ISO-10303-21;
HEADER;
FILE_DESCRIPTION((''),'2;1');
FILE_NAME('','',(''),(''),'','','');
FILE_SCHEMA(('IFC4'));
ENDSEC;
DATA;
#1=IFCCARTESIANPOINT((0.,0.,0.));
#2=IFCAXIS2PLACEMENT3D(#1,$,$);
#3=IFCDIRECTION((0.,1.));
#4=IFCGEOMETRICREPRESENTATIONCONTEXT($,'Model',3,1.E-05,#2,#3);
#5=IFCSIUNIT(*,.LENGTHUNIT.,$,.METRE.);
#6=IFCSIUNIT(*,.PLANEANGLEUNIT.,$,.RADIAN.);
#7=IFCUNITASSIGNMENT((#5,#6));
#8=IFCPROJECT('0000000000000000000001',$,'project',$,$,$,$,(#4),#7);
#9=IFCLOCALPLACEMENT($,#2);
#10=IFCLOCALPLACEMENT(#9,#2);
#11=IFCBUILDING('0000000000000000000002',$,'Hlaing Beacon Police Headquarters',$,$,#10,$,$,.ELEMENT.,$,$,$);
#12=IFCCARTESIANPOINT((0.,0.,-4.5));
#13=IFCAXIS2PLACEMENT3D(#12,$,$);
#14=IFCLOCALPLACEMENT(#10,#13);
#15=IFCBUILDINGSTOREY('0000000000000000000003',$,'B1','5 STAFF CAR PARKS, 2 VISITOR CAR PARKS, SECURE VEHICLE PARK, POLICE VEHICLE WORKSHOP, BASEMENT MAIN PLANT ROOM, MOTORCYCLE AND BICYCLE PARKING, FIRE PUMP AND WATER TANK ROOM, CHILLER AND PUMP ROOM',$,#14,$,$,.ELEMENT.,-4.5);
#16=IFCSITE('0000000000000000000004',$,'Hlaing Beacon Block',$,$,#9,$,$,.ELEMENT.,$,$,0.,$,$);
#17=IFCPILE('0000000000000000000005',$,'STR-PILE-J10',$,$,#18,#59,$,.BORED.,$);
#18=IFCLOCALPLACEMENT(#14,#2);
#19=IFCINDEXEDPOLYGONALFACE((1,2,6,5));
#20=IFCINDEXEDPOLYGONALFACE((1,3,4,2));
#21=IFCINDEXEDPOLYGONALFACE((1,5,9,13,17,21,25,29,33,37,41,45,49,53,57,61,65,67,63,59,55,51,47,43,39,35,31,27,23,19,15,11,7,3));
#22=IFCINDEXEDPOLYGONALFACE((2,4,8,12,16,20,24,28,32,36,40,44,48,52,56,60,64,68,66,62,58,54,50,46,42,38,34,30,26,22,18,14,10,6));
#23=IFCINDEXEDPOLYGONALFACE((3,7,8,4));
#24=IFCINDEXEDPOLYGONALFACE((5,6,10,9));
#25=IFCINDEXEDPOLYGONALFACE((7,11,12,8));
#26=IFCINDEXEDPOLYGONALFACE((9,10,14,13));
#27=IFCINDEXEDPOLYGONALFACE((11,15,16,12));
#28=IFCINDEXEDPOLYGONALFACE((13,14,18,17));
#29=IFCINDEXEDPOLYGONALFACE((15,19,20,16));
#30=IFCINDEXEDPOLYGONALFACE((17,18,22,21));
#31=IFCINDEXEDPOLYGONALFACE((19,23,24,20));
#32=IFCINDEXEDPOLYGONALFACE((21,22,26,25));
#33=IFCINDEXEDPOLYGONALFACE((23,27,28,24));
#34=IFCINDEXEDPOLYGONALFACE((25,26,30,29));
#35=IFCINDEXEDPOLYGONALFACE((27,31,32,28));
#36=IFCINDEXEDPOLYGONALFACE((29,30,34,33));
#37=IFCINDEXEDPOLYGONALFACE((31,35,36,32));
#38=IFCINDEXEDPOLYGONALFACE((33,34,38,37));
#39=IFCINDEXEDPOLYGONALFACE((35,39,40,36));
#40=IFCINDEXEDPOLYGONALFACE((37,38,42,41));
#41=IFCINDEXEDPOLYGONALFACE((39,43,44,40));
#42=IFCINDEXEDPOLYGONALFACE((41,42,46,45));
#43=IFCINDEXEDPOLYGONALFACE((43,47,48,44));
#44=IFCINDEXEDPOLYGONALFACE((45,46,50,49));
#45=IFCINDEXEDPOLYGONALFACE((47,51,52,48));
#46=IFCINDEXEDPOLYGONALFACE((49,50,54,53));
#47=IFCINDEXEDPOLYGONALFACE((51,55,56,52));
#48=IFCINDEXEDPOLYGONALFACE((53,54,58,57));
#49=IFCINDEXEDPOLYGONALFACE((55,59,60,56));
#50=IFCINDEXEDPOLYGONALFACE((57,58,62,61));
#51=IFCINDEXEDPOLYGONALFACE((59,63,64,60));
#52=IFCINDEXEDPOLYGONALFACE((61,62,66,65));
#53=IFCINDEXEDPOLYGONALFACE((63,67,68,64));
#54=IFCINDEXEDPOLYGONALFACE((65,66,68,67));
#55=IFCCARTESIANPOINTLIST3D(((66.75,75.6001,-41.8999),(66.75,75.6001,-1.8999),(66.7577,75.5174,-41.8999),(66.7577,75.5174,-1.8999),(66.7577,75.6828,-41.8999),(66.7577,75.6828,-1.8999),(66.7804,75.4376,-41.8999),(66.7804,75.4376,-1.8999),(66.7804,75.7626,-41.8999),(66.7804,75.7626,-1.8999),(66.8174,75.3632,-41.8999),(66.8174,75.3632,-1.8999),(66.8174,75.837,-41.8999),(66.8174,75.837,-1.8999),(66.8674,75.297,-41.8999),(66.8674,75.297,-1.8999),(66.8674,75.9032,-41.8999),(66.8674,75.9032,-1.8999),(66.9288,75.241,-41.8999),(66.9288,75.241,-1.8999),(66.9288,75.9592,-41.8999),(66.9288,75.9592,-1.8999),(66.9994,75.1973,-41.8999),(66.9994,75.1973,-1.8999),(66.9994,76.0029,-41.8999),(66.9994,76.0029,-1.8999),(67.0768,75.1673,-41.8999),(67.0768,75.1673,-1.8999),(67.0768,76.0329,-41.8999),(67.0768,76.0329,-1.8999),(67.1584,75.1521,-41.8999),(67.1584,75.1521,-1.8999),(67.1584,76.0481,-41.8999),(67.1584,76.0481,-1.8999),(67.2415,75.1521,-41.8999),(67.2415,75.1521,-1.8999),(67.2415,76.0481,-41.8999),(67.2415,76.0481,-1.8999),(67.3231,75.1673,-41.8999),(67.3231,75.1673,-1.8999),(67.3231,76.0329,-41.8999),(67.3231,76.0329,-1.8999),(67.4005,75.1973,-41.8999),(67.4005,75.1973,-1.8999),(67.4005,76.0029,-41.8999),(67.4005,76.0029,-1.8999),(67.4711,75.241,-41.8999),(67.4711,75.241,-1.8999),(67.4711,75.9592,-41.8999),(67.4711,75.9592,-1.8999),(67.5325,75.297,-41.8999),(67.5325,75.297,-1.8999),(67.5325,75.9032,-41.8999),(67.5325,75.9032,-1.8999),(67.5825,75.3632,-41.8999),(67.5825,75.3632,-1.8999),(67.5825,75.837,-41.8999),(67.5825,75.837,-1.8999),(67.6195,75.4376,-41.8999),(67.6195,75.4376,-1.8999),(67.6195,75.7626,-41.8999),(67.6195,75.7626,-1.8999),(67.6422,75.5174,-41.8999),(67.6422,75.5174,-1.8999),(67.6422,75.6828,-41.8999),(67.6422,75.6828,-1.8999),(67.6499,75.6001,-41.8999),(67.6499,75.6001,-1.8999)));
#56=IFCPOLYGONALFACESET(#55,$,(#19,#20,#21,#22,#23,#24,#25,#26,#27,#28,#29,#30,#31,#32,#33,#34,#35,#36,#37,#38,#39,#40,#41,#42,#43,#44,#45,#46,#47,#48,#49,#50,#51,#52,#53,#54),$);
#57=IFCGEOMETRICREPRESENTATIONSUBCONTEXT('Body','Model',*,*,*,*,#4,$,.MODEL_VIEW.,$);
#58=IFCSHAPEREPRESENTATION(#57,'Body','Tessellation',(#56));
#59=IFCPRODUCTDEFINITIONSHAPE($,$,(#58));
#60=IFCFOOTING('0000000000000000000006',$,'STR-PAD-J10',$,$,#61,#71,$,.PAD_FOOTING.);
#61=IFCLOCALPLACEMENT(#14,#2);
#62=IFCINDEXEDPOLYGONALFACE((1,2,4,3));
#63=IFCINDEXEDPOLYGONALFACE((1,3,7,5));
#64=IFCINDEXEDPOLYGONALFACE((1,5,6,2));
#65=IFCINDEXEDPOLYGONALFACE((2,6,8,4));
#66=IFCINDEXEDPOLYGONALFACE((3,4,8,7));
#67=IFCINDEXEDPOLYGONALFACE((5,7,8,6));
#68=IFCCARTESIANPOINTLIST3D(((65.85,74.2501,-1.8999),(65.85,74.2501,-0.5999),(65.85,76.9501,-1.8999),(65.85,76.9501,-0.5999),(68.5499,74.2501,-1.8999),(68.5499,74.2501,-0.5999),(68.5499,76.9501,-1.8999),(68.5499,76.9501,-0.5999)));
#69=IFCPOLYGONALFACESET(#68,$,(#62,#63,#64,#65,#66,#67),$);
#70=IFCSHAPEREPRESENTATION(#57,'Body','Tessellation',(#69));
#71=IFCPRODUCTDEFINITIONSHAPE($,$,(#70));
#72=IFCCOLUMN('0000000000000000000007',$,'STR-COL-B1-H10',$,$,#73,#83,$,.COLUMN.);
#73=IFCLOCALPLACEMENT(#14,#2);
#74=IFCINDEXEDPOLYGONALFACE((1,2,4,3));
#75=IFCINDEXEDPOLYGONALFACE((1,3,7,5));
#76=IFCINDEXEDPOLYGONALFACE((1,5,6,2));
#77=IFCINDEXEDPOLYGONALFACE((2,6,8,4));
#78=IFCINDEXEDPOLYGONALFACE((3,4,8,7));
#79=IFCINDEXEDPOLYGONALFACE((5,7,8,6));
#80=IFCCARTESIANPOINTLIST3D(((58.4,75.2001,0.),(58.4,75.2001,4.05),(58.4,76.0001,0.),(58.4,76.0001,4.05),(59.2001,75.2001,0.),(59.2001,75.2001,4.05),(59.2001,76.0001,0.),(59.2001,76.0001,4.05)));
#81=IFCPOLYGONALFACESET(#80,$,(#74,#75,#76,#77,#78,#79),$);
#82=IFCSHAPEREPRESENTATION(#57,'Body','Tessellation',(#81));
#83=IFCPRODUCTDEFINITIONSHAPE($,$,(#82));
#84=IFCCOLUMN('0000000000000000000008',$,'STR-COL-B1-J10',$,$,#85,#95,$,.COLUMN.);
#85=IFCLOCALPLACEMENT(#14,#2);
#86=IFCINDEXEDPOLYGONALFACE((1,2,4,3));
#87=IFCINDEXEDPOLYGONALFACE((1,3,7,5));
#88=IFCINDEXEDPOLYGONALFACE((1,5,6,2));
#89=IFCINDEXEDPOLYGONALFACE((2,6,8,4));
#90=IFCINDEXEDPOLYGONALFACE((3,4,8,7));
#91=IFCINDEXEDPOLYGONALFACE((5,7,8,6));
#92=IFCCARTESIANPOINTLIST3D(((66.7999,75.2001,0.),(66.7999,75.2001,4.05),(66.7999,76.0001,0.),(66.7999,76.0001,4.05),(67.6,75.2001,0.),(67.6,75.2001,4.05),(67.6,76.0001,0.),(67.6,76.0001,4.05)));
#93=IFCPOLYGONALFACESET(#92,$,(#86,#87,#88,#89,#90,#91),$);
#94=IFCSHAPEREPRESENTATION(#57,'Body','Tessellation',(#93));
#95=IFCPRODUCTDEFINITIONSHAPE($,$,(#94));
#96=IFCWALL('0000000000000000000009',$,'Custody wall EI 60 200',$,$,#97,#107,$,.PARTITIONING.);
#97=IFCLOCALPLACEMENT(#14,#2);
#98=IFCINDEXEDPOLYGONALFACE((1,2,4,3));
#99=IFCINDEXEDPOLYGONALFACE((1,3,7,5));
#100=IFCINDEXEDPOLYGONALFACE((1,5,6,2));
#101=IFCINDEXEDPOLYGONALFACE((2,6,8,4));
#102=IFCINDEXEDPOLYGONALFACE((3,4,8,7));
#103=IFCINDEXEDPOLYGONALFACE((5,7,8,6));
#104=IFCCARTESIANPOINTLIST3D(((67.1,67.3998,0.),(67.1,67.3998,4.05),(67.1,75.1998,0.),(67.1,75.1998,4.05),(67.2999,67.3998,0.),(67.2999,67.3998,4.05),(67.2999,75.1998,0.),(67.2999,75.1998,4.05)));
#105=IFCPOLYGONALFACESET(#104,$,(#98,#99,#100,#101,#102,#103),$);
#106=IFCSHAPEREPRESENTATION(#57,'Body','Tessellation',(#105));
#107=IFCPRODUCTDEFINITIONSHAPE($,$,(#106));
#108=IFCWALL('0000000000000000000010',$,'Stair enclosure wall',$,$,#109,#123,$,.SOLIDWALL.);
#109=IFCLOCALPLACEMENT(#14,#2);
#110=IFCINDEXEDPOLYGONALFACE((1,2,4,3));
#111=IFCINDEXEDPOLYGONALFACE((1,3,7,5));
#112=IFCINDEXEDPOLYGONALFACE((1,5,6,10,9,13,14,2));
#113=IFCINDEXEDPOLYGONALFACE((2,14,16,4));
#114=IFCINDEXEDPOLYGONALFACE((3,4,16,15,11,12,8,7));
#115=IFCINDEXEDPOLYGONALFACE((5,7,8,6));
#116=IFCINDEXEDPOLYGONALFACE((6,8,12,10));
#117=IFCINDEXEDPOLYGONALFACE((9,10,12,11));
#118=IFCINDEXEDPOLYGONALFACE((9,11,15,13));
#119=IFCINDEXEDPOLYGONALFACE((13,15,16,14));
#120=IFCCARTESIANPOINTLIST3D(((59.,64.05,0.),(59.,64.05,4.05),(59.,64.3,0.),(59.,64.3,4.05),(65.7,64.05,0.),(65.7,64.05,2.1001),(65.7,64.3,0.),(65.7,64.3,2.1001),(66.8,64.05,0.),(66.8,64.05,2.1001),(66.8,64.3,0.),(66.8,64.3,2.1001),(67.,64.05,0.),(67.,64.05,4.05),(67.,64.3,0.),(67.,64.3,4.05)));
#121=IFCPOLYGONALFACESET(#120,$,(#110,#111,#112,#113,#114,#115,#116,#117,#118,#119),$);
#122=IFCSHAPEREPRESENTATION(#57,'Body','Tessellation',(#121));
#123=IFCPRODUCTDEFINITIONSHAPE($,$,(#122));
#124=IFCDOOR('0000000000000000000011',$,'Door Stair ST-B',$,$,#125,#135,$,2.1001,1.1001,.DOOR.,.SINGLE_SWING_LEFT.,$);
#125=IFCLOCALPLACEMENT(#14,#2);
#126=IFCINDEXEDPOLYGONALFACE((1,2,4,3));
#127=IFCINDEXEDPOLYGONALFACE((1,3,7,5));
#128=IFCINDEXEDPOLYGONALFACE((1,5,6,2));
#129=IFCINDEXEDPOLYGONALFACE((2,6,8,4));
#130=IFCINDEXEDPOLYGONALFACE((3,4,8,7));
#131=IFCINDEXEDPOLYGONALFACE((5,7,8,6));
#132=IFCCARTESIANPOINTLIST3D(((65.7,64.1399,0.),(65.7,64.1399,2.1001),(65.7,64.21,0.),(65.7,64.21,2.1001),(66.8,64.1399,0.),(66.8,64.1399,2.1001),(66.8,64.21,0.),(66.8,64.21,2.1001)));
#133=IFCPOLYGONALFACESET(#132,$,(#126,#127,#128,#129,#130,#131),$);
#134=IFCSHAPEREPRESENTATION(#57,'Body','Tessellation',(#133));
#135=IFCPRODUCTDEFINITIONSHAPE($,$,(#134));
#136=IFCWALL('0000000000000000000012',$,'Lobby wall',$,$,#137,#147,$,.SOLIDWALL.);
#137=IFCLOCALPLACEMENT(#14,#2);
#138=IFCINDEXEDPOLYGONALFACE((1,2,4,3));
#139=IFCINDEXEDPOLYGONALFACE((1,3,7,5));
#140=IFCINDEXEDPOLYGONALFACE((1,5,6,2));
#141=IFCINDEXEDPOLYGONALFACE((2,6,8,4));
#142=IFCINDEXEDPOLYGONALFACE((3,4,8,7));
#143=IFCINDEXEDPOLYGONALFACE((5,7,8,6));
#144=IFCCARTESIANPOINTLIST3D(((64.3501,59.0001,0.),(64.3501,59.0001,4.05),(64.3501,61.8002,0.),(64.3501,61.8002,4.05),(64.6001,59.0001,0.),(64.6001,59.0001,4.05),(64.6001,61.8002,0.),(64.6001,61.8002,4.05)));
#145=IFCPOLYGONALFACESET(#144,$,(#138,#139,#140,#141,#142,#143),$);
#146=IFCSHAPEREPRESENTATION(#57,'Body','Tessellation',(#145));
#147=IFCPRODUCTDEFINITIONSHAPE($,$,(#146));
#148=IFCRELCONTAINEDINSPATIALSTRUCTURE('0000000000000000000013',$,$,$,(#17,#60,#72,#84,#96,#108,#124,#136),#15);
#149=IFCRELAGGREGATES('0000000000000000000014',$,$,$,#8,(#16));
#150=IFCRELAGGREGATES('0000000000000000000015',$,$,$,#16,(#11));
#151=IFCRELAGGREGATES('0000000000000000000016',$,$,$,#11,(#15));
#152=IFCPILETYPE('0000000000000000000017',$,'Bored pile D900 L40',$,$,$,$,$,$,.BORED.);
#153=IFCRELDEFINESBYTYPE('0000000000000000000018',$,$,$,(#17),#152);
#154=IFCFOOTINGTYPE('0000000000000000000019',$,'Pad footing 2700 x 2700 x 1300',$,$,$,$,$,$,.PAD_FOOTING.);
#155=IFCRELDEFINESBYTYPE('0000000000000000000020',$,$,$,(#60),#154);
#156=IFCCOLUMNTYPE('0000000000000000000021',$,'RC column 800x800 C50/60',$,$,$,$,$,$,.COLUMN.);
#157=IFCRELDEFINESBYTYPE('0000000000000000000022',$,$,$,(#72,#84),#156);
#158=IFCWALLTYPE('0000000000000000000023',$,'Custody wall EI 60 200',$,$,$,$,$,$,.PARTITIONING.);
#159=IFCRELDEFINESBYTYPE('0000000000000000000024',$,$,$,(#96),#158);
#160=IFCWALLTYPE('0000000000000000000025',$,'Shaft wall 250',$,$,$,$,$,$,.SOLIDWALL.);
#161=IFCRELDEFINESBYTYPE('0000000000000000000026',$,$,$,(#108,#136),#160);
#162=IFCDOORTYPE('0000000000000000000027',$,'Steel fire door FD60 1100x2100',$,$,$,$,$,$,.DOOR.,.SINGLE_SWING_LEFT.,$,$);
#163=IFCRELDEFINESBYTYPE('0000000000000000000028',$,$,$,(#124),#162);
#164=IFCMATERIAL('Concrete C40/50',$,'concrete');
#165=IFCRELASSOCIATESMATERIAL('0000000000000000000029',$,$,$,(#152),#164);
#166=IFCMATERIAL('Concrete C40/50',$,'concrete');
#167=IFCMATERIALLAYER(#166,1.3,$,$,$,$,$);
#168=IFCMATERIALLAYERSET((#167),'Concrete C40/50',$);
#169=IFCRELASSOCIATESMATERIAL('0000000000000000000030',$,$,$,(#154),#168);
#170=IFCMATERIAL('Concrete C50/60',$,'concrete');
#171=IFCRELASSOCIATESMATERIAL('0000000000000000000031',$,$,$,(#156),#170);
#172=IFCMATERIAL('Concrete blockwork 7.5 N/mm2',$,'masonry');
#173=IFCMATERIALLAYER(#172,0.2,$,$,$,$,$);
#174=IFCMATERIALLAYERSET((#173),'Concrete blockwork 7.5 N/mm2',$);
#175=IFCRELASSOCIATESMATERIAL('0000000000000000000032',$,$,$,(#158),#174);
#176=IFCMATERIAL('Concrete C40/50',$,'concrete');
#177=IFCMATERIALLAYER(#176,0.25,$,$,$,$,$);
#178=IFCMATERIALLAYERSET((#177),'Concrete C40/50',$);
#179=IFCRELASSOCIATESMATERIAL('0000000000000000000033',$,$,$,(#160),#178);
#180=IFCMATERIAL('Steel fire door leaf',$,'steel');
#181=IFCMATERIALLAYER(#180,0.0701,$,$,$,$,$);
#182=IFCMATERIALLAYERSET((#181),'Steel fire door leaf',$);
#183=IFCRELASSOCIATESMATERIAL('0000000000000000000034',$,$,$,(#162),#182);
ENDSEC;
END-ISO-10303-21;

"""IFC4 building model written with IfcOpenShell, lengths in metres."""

from ifc_helpers import new_model, si_unit, direction, frame, frame_2d, origin, origin_2d, place, context, subcontext, project, spatial, rectangle, circle, extrude, material, layer, layer_set, material_profile, profile_set, type_object, element, fill, save


model = new_model("IFC4")

# Units and contexts
model_context = context("Model", 3, precision=1e-05, world=origin(), true_north=direction((0.0, 1.0)))
body_context = subcontext(model_context, "Body", "Model", "MODEL_VIEW")
ifc_project = project(units=[si_unit("LENGTHUNIT", "METRE"), si_unit("PLANEANGLEUNIT", "RADIAN")], contexts=[model_context])

# Site, building, storey
site_placement = place(None, origin())
site = spatial("IfcSite", under=ifc_project, at=site_placement, Name="Hlaing Beacon Block", CompositionType="ELEMENT", RefElevation=0.0)
building_placement = place(site_placement, origin())
building = spatial("IfcBuilding", under=site, at=building_placement, Name="Hlaing Beacon Police Headquarters", CompositionType="ELEMENT")
storey_placement = place(building_placement, frame((0.0, 0.0, -4.5)))
storey = spatial("IfcBuildingStorey", under=building, at=storey_placement, Name="B1", Description="5 STAFF CAR PARKS, 2 VISITOR CAR PARKS, SECURE VEHICLE PARK, POLICE VEHICLE WORKSHOP, BASEMENT MAIN PLANT ROOM, MOTORCYCLE AND BICYCLE PARKING, FIRE PUMP AND WATER TANK ROOM, CHILLER AND PUMP ROOM", CompositionType="ELEMENT", Elevation=-4.5)

# Pile
ifc_material_1 = material(Name="Concrete C40/50", Category="concrete")
ifc_material_profile_1 = material_profile(ifc_material_1, circle(Radius=0.45, at=origin_2d()), Name="D900")
ifc_profile_set_1 = profile_set([ifc_material_profile_1], Name="Concrete C40/50")
pile_type_1 = type_object("IfcPileType", Name="Bored pile D900 L40", PredefinedType="BORED", material=ifc_profile_set_1)
pile_placement = place(storey_placement, frame((67.2, 75.6001, -1.8999), z_axis=(0.0, 0.0, -1.0), x_axis=(1.0, 0.0, 0.0)))
element("IfcPile", 1, at=pile_placement, inside=storey, type_object=pile_type_1, Name="STR-PILE-J10", PredefinedType="BORED", context=body_context, shape_type="SweptSolid", body=[
    extrude(circle(Radius=0.45, at=origin_2d()), origin(), (0.0, 0.0, 1.0), 40.0),
])

# Footing
ifc_material_2 = material(Name="Concrete C40/50", Category="concrete")
ifc_layer_1 = layer(ifc_material_2, 1.3)
ifc_layer_set_1 = layer_set([ifc_layer_1], Name="Concrete C40/50")
footing_type = type_object("IfcFootingType", Name="Pad footing 2700 x 2700 x 1300", PredefinedType="PAD_FOOTING", material=ifc_layer_set_1)
footing_placement = place(storey_placement, frame((67.2, 75.6001, -1.8999), z_axis=(0.0, 0.0, 1.0), x_axis=(1.0, 0.0, 0.0)))
element("IfcFooting", 2, at=footing_placement, inside=storey, type_object=footing_type, Name="STR-PAD-J10", PredefinedType="PAD_FOOTING", context=body_context, shape_type="SweptSolid", body=[
    extrude(rectangle(XDim=2.7, YDim=2.7, at=origin_2d()), origin(), (0.0, 0.0, 1.0), 1.3),
])

# Columns
ifc_material_3 = material(Name="Concrete C50/60", Category="concrete")
ifc_material_profile_2 = material_profile(ifc_material_3, rectangle(XDim=0.8, YDim=0.8, at=origin_2d()), Name="800x800")
ifc_profile_set_2 = profile_set([ifc_material_profile_2], Name="Concrete C50/60")
column_type = type_object("IfcColumnType", Name="RC column 800x800 C50/60", PredefinedType="COLUMN", material=ifc_profile_set_2)
for number, where, z_axis, x_axis, name in (
    (3, (58.8, 75.6001, 0.0), (0.0, 0.0, 1.0), (1.0, 0.0, 0.0), "STR-COL-B1-H10"),
    (4, (67.2, 75.6001, 0.0), (0.0, 0.0, 1.0), (1.0, 0.0, 0.0), "STR-COL-B1-J10"),
):
    element("IfcColumn", number, at=place(storey_placement, frame(where, z_axis=z_axis, x_axis=x_axis)), inside=storey, type_object=column_type, Name=name, PredefinedType="COLUMN", context=body_context, shape_type="SweptSolid", body=[
        extrude(rectangle(XDim=0.8, YDim=0.8, at=origin_2d()), origin(), (0.0, 0.0, 1.0), 4.05),
    ])

# Wall
ifc_material_4 = material(Name="Concrete blockwork 7.5 N/mm2", Category="masonry")
ifc_layer_2 = layer(ifc_material_4, 0.2)
ifc_layer_set_2 = layer_set([ifc_layer_2], Name="Concrete blockwork 7.5 N/mm2")
wall_type_1 = type_object("IfcWallType", Name="Custody wall EI 60 200", PredefinedType="PARTITIONING", material=ifc_layer_set_2)
wall_1_placement = place(storey_placement, frame((67.2, 67.3999, 0.0), z_axis=(0.0, 0.0, 1.0), x_axis=(0.0, 1.0, 0.0)))
element("IfcWall", 5, at=wall_1_placement, inside=storey, type_object=wall_type_1, Name="Custody wall EI 60 200", PredefinedType="PARTITIONING", context=body_context, shape_type="SweptSolid", body=[
    extrude(rectangle(XDim=7.8, YDim=0.2, at=frame_2d((3.8999, 0.0))), origin(), (0.0, 0.0, 1.0), 4.05),
])

# Wall, opening, door
ifc_material_5 = material(Name="Concrete C40/50", Category="concrete")
ifc_layer_3 = layer(ifc_material_5, 0.25)
ifc_layer_set_3 = layer_set([ifc_layer_3], Name="Concrete C40/50")
wall_type_2 = type_object("IfcWallType", Name="Shaft wall 250", PredefinedType="SOLIDWALL", material=ifc_layer_set_3)
wall_2_placement = place(storey_placement, frame((67.0, 64.175, 0.0), z_axis=(0.0, 0.0, 1.0), x_axis=(-1.0, 0.0, 0.0)))
wall_2 = element("IfcWall", 6, at=wall_2_placement, inside=storey, type_object=wall_type_2, Name="Stair enclosure wall", PredefinedType="SOLIDWALL", context=body_context, shape_type="SweptSolid", body=[
    extrude(rectangle(XDim=8.0, YDim=0.25, at=frame_2d((4.0, 0.0))), origin(), (0.0, 0.0, 1.0), 4.05),
])
opening_1_placement = place(wall_2_placement, frame((0.2, 0.0, 0.0)))
opening_1 = element("IfcOpeningElement", 7, at=opening_1_placement, cuts=wall_2, PredefinedType="OPENING", context=body_context, shape_type="SweptSolid", body=[
    extrude(rectangle(XDim=1.1001, YDim=2.1001, at=frame_2d((0.55, 1.05))), frame((0.0, 0.135, 0.0), z_axis=(0.0, -1.0, 0.0), x_axis=(1.0, 0.0, 0.0)), (0.0, 0.0, 1.0), 0.27),
])
ifc_material_6 = material(Name="Steel fire door leaf", Category="steel")
ifc_layer_4 = layer(ifc_material_6, 0.0701)
ifc_layer_set_4 = layer_set([ifc_layer_4], Name="Steel fire door leaf")
door_type_1 = type_object("IfcDoorType", Name="Steel fire door FD60 1100x2100", OperationType="SINGLE_SWING_LEFT", PredefinedType="DOOR", material=ifc_layer_set_4)
door_1_placement = place(opening_1_placement, frame((1.1001, 0.0, 0.0), z_axis=(0.0, 0.0, 1.0), x_axis=(-1.0, 0.0, 0.0)))
door_1 = element("IfcDoor", 8, at=door_1_placement, inside=storey, type_object=door_type_1, Name="Door Stair ST-B", OperationType="SINGLE_SWING_LEFT", OverallHeight=2.1001, OverallWidth=1.1001, PredefinedType="DOOR", context=body_context, shape_type="SweptSolid", body=[
    extrude(rectangle(XDim=1.1001, YDim=2.1001, at=frame_2d((0.55, 1.05))), frame((0.0, 0.0349, 0.0), z_axis=(0.0, -1.0, 0.0), x_axis=(1.0, 0.0, 0.0)), (0.0, 0.0, 1.0), 0.0701),
])
fill(opening_1, door_1)

# Wall
wall_3_placement = place(storey_placement, frame((64.4751, 61.8, 0.0), z_axis=(0.0, 0.0, 1.0), x_axis=(0.0, -1.0, 0.0)))
element("IfcWall", 9, at=wall_3_placement, inside=storey, type_object=wall_type_2, Name="Lobby wall", PredefinedType="SOLIDWALL", context=body_context, shape_type="SweptSolid", body=[
    extrude(rectangle(XDim=2.8, YDim=0.25, at=frame_2d((1.3999, 0.0))), origin(), (0.0, 0.0, 1.0), 4.05),
])

save(model, "model.ifc")
